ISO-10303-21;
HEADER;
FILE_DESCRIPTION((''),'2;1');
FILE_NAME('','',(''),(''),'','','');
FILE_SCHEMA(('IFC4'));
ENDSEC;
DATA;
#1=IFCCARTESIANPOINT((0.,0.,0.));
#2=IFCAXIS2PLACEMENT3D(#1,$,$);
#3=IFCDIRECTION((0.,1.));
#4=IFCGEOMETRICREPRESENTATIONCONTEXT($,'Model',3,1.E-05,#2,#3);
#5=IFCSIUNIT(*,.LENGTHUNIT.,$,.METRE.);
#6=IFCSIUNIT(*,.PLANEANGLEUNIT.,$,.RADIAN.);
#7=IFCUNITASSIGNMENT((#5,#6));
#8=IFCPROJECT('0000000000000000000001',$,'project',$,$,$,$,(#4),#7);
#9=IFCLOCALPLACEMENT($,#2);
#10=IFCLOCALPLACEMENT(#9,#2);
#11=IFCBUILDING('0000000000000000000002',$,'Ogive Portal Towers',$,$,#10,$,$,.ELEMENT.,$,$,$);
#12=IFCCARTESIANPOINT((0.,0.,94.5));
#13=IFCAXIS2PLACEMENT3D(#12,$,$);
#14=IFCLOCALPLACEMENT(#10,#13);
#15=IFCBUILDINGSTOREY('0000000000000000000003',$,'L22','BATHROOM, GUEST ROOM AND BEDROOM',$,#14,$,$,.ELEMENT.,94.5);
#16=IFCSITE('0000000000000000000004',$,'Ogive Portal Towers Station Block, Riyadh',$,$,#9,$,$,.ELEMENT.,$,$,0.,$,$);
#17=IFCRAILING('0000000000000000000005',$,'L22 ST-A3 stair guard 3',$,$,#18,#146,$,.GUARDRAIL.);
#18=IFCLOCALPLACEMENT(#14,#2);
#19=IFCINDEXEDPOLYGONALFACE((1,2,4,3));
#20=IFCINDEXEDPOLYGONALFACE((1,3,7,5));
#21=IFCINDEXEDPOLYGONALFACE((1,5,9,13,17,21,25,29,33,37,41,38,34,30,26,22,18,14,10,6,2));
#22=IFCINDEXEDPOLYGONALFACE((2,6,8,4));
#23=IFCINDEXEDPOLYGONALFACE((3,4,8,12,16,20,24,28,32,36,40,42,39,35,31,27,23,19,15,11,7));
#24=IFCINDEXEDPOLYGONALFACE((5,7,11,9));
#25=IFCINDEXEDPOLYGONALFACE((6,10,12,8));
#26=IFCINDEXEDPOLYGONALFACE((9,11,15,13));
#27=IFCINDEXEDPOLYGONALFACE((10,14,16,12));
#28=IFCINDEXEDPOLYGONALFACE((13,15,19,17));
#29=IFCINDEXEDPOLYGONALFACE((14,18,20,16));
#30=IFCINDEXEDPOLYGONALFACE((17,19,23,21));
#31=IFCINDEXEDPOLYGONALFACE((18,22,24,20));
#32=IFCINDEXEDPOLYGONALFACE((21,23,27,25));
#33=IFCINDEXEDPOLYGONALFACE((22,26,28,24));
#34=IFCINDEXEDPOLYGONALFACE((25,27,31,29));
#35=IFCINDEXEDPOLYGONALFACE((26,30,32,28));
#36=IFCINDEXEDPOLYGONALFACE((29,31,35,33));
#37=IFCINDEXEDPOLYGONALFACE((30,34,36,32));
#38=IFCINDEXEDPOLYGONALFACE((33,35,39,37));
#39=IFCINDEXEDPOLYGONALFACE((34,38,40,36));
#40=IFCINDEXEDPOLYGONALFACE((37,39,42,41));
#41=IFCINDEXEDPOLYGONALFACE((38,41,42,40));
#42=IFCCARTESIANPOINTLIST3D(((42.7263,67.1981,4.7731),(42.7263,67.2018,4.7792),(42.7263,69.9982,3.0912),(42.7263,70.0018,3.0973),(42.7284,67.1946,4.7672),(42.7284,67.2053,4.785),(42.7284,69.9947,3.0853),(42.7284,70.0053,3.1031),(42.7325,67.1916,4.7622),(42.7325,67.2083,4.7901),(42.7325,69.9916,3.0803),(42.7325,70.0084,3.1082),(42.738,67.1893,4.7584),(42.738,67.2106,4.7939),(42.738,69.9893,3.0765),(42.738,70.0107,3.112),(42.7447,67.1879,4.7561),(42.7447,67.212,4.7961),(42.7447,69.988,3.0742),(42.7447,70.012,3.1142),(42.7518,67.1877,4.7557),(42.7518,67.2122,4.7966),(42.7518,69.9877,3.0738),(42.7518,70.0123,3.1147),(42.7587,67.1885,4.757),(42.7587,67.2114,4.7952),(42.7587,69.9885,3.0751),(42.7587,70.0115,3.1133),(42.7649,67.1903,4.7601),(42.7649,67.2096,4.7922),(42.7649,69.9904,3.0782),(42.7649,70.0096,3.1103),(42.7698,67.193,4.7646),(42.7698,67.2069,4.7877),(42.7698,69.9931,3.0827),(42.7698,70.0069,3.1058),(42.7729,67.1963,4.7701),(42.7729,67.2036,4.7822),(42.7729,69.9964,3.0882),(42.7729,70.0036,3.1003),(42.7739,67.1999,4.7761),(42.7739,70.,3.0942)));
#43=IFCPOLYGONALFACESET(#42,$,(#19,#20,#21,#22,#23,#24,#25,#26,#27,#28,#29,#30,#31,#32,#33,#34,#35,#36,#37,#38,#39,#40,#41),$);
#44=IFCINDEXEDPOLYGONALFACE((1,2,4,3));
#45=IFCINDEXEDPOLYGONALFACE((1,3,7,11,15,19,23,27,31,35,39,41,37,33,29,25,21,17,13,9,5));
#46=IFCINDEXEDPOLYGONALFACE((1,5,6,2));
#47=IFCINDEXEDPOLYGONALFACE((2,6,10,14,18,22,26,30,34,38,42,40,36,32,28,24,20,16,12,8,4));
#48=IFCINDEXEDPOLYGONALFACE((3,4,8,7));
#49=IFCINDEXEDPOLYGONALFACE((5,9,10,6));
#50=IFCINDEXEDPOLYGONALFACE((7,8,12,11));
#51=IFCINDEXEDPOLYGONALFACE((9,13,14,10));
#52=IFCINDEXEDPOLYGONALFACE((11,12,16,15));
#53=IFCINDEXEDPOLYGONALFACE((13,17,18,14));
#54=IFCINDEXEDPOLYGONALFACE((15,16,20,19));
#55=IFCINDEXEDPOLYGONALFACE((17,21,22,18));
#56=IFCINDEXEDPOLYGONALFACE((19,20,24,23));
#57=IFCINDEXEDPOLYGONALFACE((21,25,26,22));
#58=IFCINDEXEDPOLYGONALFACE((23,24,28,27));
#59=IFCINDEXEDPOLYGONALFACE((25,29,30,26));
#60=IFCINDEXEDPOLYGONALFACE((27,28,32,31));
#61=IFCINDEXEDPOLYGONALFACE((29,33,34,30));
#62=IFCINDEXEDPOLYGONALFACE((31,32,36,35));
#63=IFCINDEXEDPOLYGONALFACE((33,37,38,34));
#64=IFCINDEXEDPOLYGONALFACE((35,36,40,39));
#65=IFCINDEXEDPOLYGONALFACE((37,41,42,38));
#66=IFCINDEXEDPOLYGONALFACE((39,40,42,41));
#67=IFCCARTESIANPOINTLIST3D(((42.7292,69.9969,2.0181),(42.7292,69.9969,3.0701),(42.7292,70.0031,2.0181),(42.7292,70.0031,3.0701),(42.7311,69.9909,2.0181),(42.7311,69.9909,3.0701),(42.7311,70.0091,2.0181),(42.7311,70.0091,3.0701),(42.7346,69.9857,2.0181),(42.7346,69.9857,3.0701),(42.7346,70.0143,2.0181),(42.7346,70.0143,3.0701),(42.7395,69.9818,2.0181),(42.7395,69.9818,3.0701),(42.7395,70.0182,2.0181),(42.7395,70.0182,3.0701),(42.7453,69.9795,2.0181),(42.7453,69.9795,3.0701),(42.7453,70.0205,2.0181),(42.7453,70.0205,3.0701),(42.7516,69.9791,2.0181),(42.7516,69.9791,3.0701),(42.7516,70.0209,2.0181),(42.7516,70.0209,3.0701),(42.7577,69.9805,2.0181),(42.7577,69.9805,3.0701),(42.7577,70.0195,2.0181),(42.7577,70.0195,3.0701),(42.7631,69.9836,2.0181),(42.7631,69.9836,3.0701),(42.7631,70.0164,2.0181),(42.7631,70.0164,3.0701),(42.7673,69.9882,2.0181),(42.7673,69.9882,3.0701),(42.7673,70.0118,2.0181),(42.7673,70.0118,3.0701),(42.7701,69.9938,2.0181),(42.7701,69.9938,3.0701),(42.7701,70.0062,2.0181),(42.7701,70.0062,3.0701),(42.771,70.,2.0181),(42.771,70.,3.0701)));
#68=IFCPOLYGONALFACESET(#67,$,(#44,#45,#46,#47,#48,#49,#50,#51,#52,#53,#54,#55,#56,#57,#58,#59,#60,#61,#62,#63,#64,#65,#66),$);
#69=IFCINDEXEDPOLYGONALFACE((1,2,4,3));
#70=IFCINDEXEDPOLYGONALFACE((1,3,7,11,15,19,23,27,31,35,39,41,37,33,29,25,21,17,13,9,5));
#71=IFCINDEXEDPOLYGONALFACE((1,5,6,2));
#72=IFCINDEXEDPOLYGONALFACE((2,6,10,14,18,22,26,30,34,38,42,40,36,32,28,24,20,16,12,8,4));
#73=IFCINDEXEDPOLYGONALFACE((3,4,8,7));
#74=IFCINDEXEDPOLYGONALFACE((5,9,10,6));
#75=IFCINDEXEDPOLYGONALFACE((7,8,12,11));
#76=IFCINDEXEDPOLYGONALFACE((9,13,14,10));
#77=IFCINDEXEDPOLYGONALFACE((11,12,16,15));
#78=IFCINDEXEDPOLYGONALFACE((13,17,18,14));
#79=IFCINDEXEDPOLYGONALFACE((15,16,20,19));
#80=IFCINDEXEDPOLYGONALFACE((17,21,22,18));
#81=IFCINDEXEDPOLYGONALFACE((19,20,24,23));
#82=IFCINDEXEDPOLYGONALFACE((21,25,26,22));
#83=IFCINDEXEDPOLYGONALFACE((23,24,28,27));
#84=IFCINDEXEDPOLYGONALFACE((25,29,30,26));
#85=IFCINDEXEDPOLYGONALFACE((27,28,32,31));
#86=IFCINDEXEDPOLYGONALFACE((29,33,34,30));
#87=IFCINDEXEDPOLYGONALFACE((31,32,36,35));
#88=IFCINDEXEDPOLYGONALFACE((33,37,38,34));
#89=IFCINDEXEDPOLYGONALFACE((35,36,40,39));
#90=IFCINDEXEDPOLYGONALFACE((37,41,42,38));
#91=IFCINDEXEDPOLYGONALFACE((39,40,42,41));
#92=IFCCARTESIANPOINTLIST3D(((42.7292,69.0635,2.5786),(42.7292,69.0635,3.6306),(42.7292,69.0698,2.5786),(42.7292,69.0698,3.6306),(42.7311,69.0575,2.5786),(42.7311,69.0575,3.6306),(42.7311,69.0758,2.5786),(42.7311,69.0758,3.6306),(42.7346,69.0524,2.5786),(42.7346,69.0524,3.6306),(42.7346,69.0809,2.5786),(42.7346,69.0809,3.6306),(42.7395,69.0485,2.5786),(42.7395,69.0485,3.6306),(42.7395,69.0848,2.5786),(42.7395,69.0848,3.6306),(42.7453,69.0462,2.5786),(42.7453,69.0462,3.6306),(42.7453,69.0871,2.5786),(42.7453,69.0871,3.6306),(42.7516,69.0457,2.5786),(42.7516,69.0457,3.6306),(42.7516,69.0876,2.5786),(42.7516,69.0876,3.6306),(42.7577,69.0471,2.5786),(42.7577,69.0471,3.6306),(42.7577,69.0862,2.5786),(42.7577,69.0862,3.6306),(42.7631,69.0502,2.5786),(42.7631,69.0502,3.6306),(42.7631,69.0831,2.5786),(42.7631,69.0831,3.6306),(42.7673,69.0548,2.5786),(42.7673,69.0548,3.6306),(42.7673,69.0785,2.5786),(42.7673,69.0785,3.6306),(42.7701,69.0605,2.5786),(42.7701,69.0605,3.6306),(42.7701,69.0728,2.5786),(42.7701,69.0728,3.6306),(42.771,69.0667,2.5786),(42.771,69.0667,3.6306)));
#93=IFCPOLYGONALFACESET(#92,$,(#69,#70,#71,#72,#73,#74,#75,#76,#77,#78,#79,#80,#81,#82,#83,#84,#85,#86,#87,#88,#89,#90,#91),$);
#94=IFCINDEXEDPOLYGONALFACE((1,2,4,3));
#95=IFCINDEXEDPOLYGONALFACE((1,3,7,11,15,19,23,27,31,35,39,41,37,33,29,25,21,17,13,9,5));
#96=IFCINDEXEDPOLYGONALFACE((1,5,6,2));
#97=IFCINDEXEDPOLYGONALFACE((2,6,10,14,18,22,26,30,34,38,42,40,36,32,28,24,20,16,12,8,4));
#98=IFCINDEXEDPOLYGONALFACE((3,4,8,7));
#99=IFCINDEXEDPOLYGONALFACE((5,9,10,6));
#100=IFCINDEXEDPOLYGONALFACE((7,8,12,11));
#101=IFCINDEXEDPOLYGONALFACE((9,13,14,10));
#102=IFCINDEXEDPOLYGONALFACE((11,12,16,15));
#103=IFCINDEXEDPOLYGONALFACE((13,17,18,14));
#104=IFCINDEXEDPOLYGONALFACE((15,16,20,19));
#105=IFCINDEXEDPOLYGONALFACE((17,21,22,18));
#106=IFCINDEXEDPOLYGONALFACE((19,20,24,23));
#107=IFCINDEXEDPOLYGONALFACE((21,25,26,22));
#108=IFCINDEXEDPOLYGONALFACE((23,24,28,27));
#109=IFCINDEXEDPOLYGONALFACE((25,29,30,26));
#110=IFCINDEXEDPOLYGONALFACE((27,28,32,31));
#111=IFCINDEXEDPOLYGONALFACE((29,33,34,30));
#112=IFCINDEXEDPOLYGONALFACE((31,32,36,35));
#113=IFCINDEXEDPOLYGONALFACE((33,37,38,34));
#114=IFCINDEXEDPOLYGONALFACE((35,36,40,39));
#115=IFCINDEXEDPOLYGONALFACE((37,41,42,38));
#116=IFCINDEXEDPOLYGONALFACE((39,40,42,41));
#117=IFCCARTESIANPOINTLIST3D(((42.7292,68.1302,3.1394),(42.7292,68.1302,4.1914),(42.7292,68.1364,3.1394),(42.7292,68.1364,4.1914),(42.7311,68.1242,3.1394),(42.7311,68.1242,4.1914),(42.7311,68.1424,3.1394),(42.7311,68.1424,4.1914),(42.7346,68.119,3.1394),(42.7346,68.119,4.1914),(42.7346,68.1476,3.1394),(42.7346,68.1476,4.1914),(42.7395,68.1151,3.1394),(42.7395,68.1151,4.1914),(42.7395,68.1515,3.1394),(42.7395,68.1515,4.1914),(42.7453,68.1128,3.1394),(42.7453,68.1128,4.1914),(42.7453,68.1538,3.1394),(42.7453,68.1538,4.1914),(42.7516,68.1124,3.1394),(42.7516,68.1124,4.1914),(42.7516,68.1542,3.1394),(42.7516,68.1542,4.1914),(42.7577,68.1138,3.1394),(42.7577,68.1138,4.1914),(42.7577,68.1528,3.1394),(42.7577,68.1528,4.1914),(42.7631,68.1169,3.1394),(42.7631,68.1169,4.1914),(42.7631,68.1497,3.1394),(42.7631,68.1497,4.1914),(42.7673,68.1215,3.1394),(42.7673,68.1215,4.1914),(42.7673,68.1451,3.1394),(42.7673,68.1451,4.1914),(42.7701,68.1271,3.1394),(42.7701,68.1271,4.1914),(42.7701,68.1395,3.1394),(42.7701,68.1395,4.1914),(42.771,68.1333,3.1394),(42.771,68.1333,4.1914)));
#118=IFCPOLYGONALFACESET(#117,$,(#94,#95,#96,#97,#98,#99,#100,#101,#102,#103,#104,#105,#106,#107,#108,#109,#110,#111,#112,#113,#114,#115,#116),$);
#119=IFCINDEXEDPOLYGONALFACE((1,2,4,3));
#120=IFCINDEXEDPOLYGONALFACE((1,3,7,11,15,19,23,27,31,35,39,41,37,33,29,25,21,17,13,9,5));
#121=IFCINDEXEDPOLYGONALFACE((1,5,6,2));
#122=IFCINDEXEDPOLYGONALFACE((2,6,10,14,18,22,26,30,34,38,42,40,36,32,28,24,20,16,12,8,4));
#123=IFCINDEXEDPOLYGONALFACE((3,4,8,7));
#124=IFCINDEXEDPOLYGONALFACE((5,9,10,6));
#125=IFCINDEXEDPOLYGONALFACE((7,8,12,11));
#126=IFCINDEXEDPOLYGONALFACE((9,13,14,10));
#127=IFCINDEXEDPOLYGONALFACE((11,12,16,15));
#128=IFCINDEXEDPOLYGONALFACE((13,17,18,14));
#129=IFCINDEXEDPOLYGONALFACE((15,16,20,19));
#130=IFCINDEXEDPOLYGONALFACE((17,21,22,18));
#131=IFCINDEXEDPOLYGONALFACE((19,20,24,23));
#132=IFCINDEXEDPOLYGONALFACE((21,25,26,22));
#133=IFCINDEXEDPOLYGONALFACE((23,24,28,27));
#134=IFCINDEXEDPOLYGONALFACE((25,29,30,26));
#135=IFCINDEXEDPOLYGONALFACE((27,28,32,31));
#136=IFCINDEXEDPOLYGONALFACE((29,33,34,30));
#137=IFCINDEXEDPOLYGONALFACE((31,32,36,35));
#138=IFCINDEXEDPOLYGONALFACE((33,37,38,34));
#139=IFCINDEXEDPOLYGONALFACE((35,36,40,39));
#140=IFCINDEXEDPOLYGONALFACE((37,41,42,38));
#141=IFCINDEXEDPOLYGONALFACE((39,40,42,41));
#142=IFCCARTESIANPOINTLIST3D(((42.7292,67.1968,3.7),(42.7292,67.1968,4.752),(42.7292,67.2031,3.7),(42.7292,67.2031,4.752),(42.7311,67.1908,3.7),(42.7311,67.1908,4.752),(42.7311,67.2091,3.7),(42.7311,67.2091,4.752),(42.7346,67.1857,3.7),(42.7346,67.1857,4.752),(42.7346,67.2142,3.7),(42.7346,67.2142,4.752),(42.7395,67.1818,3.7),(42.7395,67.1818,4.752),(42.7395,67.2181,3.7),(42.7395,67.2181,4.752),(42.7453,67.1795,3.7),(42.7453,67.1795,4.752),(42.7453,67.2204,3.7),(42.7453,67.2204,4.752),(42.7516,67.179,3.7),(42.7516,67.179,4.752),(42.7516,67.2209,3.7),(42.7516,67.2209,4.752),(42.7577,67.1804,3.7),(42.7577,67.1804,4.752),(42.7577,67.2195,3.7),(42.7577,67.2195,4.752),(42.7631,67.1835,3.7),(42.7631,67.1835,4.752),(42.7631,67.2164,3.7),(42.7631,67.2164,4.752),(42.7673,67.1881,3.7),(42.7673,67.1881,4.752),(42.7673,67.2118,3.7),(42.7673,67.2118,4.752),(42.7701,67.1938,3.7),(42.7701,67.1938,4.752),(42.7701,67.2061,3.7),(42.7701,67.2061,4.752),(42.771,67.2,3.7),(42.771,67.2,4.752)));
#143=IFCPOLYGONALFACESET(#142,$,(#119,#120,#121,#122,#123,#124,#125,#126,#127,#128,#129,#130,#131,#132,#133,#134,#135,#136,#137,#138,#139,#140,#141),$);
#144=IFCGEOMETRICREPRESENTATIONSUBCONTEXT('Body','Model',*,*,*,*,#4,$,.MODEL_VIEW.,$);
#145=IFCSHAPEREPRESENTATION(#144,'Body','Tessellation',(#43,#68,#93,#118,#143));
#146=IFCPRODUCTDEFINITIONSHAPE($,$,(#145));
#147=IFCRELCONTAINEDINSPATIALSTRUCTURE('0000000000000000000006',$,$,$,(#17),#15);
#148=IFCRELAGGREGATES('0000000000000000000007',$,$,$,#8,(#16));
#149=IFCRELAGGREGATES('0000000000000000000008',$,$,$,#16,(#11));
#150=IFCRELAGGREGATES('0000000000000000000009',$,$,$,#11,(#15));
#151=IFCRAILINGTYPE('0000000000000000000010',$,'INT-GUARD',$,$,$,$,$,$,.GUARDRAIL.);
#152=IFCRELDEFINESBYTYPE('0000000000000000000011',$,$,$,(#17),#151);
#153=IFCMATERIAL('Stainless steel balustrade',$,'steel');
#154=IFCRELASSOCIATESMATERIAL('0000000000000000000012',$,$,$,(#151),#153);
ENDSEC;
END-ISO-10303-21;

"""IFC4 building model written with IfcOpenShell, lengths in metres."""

from ifc_helpers import new_model, si_unit, direction, frame, origin, origin_2d, place, context, subcontext, project, spatial, circle, extrude, material, type_object, element, save


model = new_model("IFC4")

# Units and contexts
model_context = context("Model", 3, precision=1e-05, world=origin(), true_north=direction((0.0, 1.0)))
body_context = subcontext(model_context, "Body", "Model", "MODEL_VIEW")
ifc_project = project(units=[si_unit("LENGTHUNIT", "METRE"), si_unit("PLANEANGLEUNIT", "RADIAN")], contexts=[model_context])

# Site, building, storey
site_placement = place(None, origin())
site = spatial("IfcSite", under=ifc_project, at=site_placement, Name="Ogive Portal Towers Station Block, Riyadh", CompositionType="ELEMENT", RefElevation=0.0)
building_placement = place(site_placement, origin())
building = spatial("IfcBuilding", under=site, at=building_placement, Name="Ogive Portal Towers", CompositionType="ELEMENT")
storey_placement = place(building_placement, frame((0.0, 0.0, 94.5)))
storey = spatial("IfcBuildingStorey", under=building, at=storey_placement, Name="L22", Description="BATHROOM, GUEST ROOM AND BEDROOM", CompositionType="ELEMENT", Elevation=94.5)

# Railing
ifc_material_1 = material(Name="Stainless steel balustrade", Category="steel")
railing_type_1 = type_object("IfcRailingType", Name="INT-GUARD", PredefinedType="GUARDRAIL", material=ifc_material_1)
railing_1_placement = place(storey_placement, frame((42.75, 70.0, 2.0181)))
element("IfcRailing", 1, at=railing_1_placement, inside=storey, type_object=railing_type_1, Name="L22 ST-A3 stair guard 3", PredefinedType="GUARDRAIL", context=body_context, shape_type="SweptSolid", body=[
    extrude(circle(Radius=0.0239, at=origin_2d()), frame((0.0, 0.0, 1.0762), z_axis=(0.0, -0.857242, 0.514913), x_axis=(1.0, 0.0, 0.0)), (0.0, 0.0, 1.0), 3.2664),
    extrude(circle(Radius=0.021, at=origin_2d()), origin(), (0.0, 0.0, 1.0), 1.052),
    extrude(circle(Radius=0.021, at=origin_2d()), frame((0.0, -0.9333, 0.5605)), (0.0, 0.0, 1.0), 1.052),
    extrude(circle(Radius=0.021, at=origin_2d()), frame((0.0, -1.8667, 1.1213)), (0.0, 0.0, 1.0), 1.052),
    extrude(circle(Radius=0.021, at=origin_2d()), frame((0.0, -2.8, 1.6819)), (0.0, 0.0, 1.0), 1.052),
])

save(model, "model.ifc")
